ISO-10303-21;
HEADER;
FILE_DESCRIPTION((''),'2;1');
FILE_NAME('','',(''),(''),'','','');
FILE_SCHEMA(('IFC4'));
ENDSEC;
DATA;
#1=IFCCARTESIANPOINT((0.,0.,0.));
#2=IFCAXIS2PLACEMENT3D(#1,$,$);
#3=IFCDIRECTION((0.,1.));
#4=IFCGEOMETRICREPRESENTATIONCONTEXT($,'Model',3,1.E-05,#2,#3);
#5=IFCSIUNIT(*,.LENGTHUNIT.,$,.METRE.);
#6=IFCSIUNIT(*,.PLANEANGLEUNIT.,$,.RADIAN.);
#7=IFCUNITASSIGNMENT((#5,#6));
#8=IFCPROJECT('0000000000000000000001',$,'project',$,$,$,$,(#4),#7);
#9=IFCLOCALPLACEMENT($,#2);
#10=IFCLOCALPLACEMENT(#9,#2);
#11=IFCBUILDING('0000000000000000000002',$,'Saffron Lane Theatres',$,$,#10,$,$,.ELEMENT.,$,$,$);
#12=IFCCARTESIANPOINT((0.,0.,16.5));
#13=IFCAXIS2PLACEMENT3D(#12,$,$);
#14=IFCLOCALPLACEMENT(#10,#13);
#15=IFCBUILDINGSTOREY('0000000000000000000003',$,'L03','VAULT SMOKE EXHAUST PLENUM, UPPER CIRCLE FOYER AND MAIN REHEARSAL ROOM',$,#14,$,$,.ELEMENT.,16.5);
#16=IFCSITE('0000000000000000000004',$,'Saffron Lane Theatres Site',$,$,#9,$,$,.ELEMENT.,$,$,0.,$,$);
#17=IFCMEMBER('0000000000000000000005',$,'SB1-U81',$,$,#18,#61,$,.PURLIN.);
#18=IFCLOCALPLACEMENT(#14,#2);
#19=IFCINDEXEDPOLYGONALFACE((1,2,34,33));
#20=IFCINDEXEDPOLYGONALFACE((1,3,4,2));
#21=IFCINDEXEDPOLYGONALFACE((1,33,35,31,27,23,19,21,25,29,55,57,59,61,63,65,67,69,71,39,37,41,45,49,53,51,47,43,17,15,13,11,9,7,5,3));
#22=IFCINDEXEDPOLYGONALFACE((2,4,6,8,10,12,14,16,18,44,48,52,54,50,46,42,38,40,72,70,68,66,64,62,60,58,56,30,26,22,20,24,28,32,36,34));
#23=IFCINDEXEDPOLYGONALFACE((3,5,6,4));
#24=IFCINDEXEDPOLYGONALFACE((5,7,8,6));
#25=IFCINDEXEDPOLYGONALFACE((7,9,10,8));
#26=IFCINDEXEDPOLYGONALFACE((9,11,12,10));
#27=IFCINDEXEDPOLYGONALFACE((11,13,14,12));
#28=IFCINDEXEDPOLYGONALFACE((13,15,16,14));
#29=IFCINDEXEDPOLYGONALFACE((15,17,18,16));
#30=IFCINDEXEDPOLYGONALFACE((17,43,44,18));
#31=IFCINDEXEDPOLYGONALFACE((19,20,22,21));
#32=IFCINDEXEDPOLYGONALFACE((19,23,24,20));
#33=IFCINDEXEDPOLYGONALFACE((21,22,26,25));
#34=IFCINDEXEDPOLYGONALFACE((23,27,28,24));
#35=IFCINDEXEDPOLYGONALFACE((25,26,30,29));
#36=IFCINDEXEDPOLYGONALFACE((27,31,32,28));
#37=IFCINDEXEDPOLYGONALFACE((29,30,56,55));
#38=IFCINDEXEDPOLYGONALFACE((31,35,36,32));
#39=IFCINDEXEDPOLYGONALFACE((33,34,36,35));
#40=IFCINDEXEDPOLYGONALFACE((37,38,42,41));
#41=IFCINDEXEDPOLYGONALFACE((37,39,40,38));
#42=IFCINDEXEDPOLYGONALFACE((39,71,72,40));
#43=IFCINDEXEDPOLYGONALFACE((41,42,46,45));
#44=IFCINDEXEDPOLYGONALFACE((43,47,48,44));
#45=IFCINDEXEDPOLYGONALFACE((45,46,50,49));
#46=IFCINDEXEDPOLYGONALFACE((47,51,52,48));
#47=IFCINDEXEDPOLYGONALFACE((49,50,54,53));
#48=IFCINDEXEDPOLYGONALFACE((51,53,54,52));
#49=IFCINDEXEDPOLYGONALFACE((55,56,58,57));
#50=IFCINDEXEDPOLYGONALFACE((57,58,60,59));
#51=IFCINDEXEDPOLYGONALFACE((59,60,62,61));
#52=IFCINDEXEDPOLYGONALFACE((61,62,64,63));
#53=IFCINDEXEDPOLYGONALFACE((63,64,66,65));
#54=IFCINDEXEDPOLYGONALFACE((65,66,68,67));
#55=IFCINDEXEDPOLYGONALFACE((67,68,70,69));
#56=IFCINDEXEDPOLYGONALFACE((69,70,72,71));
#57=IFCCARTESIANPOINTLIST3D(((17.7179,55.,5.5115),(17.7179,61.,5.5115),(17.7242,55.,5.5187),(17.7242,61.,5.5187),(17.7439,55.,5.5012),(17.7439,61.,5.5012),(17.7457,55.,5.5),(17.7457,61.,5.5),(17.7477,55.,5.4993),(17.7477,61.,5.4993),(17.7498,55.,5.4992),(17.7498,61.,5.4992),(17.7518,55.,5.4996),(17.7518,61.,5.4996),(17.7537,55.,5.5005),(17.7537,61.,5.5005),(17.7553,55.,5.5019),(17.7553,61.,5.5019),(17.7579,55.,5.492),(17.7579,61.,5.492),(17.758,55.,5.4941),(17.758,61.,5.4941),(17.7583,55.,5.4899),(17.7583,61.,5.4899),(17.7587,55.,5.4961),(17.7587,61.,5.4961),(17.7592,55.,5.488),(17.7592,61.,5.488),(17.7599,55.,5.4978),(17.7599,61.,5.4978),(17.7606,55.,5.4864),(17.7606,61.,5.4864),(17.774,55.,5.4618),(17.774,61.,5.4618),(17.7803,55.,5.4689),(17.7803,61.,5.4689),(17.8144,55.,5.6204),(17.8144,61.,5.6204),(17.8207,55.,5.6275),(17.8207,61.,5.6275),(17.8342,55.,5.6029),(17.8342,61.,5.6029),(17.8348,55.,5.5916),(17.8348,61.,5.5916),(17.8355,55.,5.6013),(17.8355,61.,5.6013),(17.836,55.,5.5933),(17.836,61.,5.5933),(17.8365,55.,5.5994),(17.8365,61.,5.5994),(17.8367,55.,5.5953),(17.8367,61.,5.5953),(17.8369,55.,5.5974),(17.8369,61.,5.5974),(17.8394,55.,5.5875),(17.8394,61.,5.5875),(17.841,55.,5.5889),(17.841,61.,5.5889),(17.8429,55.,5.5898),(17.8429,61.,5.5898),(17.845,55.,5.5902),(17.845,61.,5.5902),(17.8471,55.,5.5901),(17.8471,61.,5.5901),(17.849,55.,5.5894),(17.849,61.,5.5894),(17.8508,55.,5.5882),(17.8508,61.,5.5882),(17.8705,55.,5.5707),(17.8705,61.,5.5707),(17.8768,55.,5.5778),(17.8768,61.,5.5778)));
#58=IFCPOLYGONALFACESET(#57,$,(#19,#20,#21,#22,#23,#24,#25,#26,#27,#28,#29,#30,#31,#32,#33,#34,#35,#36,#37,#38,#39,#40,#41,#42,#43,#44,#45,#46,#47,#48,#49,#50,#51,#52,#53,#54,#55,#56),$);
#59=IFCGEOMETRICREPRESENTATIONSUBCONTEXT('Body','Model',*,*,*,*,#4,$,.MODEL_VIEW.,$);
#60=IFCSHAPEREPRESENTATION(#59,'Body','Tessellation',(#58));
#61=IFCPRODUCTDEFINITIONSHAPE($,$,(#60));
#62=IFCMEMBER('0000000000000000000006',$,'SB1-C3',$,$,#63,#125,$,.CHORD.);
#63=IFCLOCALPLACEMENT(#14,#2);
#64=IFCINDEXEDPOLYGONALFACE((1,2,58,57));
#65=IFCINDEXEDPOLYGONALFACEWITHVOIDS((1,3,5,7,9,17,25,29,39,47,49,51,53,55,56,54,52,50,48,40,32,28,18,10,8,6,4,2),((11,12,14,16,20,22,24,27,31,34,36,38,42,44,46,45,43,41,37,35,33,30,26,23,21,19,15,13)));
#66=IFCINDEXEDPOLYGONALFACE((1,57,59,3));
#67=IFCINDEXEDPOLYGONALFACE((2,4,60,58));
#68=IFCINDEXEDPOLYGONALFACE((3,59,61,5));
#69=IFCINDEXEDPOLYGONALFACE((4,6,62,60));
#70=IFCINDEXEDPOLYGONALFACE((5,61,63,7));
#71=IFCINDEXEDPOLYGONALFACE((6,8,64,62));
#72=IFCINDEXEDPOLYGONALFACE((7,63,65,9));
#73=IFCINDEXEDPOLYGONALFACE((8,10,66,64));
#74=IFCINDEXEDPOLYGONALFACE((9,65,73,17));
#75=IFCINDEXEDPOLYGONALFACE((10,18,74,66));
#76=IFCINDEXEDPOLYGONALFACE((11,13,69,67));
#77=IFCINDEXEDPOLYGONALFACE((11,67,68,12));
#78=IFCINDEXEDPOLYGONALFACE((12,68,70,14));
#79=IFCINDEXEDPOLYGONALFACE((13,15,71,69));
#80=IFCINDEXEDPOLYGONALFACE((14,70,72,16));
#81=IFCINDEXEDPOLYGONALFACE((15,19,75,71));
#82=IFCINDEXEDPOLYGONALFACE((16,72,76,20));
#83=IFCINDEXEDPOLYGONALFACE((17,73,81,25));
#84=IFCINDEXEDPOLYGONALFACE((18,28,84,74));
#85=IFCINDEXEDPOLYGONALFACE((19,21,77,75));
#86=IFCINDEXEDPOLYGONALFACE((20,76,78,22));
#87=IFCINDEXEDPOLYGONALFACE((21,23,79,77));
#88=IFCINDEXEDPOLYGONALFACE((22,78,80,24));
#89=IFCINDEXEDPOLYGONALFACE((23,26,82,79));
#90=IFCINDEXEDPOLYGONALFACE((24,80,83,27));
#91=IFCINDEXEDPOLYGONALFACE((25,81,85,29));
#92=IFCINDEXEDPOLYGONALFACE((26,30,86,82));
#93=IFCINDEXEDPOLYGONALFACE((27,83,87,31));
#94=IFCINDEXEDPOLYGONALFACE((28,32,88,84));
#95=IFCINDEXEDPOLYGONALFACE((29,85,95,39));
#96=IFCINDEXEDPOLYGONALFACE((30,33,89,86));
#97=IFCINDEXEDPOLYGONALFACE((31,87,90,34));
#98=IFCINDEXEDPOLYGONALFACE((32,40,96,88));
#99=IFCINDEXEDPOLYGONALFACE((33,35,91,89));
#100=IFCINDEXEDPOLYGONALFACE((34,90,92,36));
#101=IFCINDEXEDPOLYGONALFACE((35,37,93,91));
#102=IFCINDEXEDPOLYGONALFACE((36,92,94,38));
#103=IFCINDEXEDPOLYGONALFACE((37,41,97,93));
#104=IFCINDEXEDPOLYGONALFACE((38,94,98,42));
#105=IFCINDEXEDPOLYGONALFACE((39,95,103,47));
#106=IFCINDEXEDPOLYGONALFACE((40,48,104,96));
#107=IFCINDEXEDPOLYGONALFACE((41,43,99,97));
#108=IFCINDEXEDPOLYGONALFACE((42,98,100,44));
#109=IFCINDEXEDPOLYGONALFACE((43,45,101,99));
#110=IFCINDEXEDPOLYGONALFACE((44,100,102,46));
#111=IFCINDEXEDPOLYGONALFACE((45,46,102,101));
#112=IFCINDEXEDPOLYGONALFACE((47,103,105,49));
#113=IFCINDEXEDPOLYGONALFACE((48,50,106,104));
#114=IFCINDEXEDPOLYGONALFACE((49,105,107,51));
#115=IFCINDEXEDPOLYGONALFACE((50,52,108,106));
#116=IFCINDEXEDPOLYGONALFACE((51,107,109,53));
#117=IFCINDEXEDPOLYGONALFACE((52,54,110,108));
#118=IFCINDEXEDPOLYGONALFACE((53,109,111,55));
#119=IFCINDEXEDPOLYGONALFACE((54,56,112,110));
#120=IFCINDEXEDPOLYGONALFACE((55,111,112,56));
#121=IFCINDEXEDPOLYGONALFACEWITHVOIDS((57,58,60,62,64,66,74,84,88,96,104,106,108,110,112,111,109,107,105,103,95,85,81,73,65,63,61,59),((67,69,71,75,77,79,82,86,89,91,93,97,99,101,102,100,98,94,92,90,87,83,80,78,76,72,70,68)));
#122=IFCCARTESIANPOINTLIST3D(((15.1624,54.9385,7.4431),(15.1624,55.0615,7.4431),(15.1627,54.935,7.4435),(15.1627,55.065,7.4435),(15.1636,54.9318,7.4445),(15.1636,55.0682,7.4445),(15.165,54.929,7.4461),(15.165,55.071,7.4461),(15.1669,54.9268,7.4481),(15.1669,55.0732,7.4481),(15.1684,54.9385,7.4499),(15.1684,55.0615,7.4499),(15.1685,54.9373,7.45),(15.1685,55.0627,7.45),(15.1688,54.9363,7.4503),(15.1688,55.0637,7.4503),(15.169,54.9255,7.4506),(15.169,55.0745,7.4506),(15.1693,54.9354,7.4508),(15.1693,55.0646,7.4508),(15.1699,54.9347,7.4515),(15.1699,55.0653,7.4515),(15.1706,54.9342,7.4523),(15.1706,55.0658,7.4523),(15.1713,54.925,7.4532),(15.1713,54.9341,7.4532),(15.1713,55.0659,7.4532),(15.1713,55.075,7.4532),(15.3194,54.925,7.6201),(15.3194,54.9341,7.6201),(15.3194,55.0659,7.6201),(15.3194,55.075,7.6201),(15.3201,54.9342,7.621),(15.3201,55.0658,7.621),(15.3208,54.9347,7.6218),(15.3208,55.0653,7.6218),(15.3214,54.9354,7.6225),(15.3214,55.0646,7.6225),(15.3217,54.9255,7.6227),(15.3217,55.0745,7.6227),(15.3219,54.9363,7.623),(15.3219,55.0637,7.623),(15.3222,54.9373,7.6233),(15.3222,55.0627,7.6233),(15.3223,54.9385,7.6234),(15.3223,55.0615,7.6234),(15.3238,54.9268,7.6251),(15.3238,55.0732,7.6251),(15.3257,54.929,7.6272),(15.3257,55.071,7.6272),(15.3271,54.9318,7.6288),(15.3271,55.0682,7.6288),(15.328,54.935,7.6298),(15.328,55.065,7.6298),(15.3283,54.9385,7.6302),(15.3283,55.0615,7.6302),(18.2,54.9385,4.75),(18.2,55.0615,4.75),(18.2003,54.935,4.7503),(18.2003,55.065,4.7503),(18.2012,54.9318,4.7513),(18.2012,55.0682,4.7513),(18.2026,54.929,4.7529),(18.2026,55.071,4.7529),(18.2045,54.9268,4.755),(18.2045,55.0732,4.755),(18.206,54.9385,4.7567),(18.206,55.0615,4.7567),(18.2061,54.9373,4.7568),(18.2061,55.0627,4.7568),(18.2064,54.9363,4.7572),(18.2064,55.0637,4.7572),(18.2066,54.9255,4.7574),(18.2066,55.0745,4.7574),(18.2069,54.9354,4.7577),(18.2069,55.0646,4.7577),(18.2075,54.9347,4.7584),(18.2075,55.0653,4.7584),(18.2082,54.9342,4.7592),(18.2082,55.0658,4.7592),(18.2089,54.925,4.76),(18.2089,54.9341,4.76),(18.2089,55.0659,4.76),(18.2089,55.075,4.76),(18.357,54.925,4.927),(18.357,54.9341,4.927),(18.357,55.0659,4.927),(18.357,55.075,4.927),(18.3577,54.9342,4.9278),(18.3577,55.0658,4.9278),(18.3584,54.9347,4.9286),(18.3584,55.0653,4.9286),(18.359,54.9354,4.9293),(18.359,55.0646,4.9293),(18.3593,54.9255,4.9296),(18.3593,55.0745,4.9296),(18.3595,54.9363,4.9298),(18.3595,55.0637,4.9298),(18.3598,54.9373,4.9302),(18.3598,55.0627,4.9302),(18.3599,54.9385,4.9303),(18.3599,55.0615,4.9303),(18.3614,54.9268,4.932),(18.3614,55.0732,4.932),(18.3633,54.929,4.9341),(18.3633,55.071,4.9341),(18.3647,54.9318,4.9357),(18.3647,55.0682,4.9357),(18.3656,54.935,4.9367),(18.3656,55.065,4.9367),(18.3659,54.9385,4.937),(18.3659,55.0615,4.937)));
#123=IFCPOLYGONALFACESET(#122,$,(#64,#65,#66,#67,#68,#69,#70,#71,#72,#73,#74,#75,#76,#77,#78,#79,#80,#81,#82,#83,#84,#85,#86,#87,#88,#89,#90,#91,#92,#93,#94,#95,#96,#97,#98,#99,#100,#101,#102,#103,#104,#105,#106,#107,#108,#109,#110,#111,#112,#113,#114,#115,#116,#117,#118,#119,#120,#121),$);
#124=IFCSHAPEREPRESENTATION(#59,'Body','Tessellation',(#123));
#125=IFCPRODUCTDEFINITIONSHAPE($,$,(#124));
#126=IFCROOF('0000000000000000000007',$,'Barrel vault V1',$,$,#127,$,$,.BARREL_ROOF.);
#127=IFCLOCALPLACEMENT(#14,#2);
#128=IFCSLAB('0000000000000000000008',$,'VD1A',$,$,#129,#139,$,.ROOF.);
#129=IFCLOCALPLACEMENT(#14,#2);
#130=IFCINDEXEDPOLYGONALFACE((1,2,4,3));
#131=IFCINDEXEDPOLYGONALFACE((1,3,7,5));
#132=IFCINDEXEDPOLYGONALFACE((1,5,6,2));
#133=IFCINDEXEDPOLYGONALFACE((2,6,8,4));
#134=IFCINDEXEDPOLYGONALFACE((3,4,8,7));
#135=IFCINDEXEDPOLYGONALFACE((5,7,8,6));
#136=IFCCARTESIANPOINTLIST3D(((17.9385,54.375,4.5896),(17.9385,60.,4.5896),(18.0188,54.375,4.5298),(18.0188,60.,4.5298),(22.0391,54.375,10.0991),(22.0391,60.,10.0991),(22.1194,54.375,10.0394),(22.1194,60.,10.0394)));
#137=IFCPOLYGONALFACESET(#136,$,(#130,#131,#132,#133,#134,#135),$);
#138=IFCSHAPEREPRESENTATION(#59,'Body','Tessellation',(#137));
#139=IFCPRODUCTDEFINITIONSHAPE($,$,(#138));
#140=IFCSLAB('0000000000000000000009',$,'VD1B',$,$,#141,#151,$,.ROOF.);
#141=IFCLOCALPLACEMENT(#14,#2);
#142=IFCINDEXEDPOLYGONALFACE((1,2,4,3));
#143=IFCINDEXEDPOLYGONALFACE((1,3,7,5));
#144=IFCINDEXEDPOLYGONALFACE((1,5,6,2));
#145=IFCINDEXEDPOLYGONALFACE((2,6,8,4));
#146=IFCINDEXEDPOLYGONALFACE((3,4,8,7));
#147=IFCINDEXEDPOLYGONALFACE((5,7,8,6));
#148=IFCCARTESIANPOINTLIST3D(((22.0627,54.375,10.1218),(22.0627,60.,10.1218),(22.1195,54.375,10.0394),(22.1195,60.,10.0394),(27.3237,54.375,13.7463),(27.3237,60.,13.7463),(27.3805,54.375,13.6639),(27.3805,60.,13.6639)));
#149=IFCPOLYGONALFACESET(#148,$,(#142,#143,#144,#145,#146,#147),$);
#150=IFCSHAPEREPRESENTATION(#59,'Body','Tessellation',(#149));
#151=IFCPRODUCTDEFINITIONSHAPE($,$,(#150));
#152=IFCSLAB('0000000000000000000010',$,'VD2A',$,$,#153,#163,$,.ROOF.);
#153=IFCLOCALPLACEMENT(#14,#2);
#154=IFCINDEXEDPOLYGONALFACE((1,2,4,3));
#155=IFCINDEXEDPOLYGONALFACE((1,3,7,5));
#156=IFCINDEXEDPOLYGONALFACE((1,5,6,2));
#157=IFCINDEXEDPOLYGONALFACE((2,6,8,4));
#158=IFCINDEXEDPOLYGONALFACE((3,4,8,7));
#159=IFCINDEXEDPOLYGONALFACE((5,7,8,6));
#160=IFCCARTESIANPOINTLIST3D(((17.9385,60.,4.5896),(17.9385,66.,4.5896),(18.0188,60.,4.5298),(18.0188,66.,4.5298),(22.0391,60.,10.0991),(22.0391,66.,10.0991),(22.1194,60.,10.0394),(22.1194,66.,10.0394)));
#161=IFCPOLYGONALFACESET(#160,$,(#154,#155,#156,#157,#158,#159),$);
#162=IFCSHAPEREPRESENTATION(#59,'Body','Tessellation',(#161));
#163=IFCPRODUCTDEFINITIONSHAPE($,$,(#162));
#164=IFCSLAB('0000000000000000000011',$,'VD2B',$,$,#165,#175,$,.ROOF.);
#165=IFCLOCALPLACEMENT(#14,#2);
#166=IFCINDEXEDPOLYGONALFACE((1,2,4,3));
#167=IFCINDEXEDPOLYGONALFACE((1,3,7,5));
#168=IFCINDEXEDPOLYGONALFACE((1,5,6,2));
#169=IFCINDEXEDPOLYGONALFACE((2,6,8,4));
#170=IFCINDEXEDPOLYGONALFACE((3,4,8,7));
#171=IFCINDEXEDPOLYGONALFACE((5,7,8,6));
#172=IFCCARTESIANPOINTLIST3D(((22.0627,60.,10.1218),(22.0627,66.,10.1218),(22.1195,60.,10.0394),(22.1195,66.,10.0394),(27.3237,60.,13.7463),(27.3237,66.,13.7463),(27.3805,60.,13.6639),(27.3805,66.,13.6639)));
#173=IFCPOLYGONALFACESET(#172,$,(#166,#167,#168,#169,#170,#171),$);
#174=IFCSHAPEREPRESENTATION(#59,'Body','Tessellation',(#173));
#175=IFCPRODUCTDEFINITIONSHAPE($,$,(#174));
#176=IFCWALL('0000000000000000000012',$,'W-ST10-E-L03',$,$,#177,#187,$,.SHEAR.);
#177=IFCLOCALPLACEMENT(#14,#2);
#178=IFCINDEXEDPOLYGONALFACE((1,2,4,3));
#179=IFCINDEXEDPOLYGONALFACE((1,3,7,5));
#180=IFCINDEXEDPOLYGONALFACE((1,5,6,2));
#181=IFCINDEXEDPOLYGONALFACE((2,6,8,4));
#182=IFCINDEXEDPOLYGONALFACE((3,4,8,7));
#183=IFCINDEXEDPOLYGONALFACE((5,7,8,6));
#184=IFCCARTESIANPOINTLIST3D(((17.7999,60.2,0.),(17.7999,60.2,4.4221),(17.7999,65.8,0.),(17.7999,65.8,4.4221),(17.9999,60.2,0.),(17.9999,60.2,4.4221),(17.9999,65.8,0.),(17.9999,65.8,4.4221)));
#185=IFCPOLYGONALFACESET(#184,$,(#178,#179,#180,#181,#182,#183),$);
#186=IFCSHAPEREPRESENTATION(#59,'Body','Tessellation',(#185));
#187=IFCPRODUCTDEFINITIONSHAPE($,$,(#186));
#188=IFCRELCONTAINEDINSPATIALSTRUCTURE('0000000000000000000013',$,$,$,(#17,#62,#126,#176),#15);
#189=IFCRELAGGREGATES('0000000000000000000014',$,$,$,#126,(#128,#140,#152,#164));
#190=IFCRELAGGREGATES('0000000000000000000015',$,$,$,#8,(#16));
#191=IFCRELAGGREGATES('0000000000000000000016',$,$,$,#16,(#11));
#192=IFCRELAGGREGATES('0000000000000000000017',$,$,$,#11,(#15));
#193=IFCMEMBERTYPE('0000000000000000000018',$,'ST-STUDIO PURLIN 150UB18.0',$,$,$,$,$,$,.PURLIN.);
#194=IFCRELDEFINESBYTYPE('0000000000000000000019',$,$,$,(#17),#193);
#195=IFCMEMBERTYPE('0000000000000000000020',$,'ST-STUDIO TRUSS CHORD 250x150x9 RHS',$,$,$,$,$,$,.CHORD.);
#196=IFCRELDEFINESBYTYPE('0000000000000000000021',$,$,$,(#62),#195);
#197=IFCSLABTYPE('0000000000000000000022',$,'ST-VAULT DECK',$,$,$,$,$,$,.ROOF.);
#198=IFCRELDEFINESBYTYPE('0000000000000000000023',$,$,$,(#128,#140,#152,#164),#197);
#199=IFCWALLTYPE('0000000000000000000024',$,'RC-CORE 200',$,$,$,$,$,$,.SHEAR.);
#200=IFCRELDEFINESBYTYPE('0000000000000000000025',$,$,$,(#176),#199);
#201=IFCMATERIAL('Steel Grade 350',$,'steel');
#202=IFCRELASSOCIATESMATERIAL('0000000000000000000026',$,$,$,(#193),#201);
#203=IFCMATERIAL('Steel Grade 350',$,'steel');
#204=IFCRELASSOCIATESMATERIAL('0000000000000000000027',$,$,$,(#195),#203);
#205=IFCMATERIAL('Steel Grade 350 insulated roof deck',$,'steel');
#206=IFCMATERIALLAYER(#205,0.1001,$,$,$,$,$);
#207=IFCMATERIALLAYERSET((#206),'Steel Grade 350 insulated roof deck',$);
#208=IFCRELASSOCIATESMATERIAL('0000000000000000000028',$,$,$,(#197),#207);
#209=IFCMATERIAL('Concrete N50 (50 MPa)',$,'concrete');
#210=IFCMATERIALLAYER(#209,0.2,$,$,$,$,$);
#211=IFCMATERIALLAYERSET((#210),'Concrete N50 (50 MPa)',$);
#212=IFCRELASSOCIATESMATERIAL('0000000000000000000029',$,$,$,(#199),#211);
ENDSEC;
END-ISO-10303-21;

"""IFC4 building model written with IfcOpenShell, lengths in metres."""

from ifc_helpers import new_model, si_unit, direction, frame, frame_2d, origin, origin_2d, place, context, subcontext, project, spatial, polyline, rectangle, hollow_rectangle, i_section, outline, extrude, material, layer, layer_set, material_profile, profile_set, type_object, element, aggregate, save


model = new_model("IFC4")

# Units and contexts
model_context = context("Model", 3, precision=1e-05, world=origin(), true_north=direction((0.0, 1.0)))
body_context = subcontext(model_context, "Body", "Model", "MODEL_VIEW")
ifc_project = project(units=[si_unit("LENGTHUNIT", "METRE"), si_unit("PLANEANGLEUNIT", "RADIAN")], contexts=[model_context])

# Site, building, storey
site_placement = place(None, origin())
site = spatial("IfcSite", under=ifc_project, at=site_placement, Name="Saffron Lane Theatres Site", CompositionType="ELEMENT", RefElevation=0.0)
building_placement = place(site_placement, origin())
building = spatial("IfcBuilding", under=site, at=building_placement, Name="Saffron Lane Theatres", CompositionType="ELEMENT")
storey_placement = place(building_placement, frame((0.0, 0.0, 16.5)))
storey = spatial("IfcBuildingStorey", under=building, at=storey_placement, Name="L03", Description="VAULT SMOKE EXHAUST PLENUM, UPPER CIRCLE FOYER AND MAIN REHEARSAL ROOM", CompositionType="ELEMENT", Elevation=16.5)

# Members
ifc_material_1 = material(Name="Steel Grade 350", Category="steel")
ifc_material_profile_1 = material_profile(ifc_material_1, i_section(OverallWidth=0.075, OverallDepth=0.155, WebThickness=0.0061, FlangeThickness=0.0095, FilletRadius=0.0081, at=origin_2d()))
ifc_profile_set_1 = profile_set([ifc_material_profile_1], Name="Steel Grade 350")
member_type_1 = type_object("IfcMemberType", Name="ST-STUDIO PURLIN 150UB18.0", PredefinedType="PURLIN", material=ifc_profile_set_1)
member_1_placement = place(storey_placement, frame((17.7974, 55.0, 5.5447), z_axis=(0.0, 1.0, 0.0), x_axis=(-0.748269, 0.0, 0.663396)))
element("IfcMember", 1, at=member_1_placement, inside=storey, type_object=member_type_1, Name="SB1-U81", PredefinedType="PURLIN", context=body_context, shape_type="SweptSolid", body=[
    extrude(i_section(OverallWidth=0.075, OverallDepth=0.155, WebThickness=0.0061, FlangeThickness=0.0095, FilletRadius=0.0081, at=origin_2d()), origin(), (0.0, 0.0, 1.0), 6.0),
])
ifc_material_2 = material(Name="Steel Grade 350", Category="steel")
ifc_material_profile_2 = material_profile(ifc_material_2, hollow_rectangle(XDim=0.1499, YDim=0.25, WallThickness=0.009, InnerFilletRadius=0.0044, OuterFilletRadius=0.0134, at=origin_2d()))
ifc_profile_set_2 = profile_set([ifc_material_profile_2], Name="Steel Grade 350")
member_type_2 = type_object("IfcMemberType", Name="ST-STUDIO TRUSS CHORD 250x150x9 RHS", PredefinedType="CHORD", material=ifc_profile_set_2)
member_2_placement = place(storey_placement, frame((18.283, 55.0, 4.8435), z_axis=(-0.748261, 0.0, 0.663404), x_axis=(0.0, -1.0, 0.0)))
element("IfcMember", 2, at=member_2_placement, inside=storey, type_object=member_type_2, Name="SB1-C3", PredefinedType="CHORD", context=body_context, shape_type="SweptSolid", body=[
    extrude(hollow_rectangle(XDim=0.1499, YDim=0.25, WallThickness=0.009, InnerFilletRadius=0.0044, OuterFilletRadius=0.0134, at=origin_2d()), origin(), (0.0, 0.0, 1.0), 4.0596),
])

# Roof, slabs
roof_placement = place(storey_placement, origin())
roof = element("IfcRoof", 3, at=roof_placement, inside=storey, Name="Barrel vault V1", PredefinedType="BARREL_ROOF")
ifc_material_3 = material(Name="Steel Grade 350 insulated roof deck", Category="steel")
ifc_layer_1 = layer(ifc_material_3, 0.1001)
ifc_layer_set_1 = layer_set([ifc_layer_1], Name="Steel Grade 350 insulated roof deck")
slab_type = type_object("IfcSlabType", Name="ST-VAULT DECK", PredefinedType="ROOF", material=ifc_layer_set_1)
slab_1_placement = place(storey_placement, frame((17.9385, 54.375, 4.5896), z_axis=(-0.8022, 0.0, 0.597055), x_axis=(0.597055, 0.0, 0.8022)))
slab_1 = element("IfcSlab", 4, at=slab_1_placement, type_object=slab_type, Name="VD1A", PredefinedType="ROOF", context=body_context, shape_type="SweptSolid", body=[
    extrude(outline(polyline([(0.0, 0.0), (6.868, 0.0), (6.868, 5.625), (0.0, 5.625), (0.0, 0.0)])), origin(), (0.0, 0.0, -1.0), 0.1001),
])
slab_2_placement = place(storey_placement, frame((22.0627, 54.375, 10.1218), z_axis=(-0.567335, 0.0, 0.823487), x_axis=(0.823487, 0.0, 0.567335)))
slab_2 = element("IfcSlab", 5, at=slab_2_placement, type_object=slab_type, Name="VD1B", PredefinedType="ROOF", context=body_context, shape_type="SweptSolid", body=[
    extrude(outline(polyline([(0.0, 0.0), (6.3887, 0.0), (6.3887, 5.625), (0.0, 5.625), (0.0, 0.0)])), origin(), (0.0, 0.0, -1.0), 0.1001),
])
slab_3_placement = place(storey_placement, frame((17.9385, 60.0, 4.5896), z_axis=(-0.8022, 0.0, 0.597055), x_axis=(0.597055, 0.0, 0.8022)))
slab_3 = element("IfcSlab", 6, at=slab_3_placement, type_object=slab_type, Name="VD2A", PredefinedType="ROOF", context=body_context, shape_type="SweptSolid", body=[
    extrude(outline(polyline([(0.0, 0.0), (6.868, 0.0), (6.868, 6.0), (0.0, 6.0), (0.0, 0.0)])), origin(), (0.0, 0.0, -1.0), 0.1001),
])
slab_4_placement = place(storey_placement, frame((22.0627, 60.0, 10.1218), z_axis=(-0.567335, 0.0, 0.823487), x_axis=(0.823487, 0.0, 0.567335)))
slab_4 = element("IfcSlab", 7, at=slab_4_placement, type_object=slab_type, Name="VD2B", PredefinedType="ROOF", context=body_context, shape_type="SweptSolid", body=[
    extrude(outline(polyline([(0.0, 0.0), (6.3887, 0.0), (6.3887, 6.0), (0.0, 6.0), (0.0, 0.0)])), origin(), (0.0, 0.0, -1.0), 0.1001),
])
aggregate(roof, [slab_1, slab_2, slab_3, slab_4])

# Wall
ifc_material_4 = material(Name="Concrete N50 (50 MPa)", Category="concrete")
ifc_layer_2 = layer(ifc_material_4, 0.2)
ifc_layer_set_2 = layer_set([ifc_layer_2], Name="Concrete N50 (50 MPa)")
wall_type_1 = type_object("IfcWallType", Name="RC-CORE 200", PredefinedType="SHEAR", material=ifc_layer_set_2)
wall_1_placement = place(storey_placement, frame((17.8999, 60.2, 0.0), z_axis=(0.0, 0.0, 1.0), x_axis=(0.0, 1.0, 0.0)))
element("IfcWall", 8, at=wall_1_placement, inside=storey, type_object=wall_type_1, Name="W-ST10-E-L03", PredefinedType="SHEAR", context=body_context, shape_type="SweptSolid", body=[
    extrude(rectangle(XDim=5.6001, YDim=0.2, at=frame_2d((2.8, 0.0))), origin(), (0.0, 0.0, 1.0), 4.4221),
])

save(model, "model.ifc")
